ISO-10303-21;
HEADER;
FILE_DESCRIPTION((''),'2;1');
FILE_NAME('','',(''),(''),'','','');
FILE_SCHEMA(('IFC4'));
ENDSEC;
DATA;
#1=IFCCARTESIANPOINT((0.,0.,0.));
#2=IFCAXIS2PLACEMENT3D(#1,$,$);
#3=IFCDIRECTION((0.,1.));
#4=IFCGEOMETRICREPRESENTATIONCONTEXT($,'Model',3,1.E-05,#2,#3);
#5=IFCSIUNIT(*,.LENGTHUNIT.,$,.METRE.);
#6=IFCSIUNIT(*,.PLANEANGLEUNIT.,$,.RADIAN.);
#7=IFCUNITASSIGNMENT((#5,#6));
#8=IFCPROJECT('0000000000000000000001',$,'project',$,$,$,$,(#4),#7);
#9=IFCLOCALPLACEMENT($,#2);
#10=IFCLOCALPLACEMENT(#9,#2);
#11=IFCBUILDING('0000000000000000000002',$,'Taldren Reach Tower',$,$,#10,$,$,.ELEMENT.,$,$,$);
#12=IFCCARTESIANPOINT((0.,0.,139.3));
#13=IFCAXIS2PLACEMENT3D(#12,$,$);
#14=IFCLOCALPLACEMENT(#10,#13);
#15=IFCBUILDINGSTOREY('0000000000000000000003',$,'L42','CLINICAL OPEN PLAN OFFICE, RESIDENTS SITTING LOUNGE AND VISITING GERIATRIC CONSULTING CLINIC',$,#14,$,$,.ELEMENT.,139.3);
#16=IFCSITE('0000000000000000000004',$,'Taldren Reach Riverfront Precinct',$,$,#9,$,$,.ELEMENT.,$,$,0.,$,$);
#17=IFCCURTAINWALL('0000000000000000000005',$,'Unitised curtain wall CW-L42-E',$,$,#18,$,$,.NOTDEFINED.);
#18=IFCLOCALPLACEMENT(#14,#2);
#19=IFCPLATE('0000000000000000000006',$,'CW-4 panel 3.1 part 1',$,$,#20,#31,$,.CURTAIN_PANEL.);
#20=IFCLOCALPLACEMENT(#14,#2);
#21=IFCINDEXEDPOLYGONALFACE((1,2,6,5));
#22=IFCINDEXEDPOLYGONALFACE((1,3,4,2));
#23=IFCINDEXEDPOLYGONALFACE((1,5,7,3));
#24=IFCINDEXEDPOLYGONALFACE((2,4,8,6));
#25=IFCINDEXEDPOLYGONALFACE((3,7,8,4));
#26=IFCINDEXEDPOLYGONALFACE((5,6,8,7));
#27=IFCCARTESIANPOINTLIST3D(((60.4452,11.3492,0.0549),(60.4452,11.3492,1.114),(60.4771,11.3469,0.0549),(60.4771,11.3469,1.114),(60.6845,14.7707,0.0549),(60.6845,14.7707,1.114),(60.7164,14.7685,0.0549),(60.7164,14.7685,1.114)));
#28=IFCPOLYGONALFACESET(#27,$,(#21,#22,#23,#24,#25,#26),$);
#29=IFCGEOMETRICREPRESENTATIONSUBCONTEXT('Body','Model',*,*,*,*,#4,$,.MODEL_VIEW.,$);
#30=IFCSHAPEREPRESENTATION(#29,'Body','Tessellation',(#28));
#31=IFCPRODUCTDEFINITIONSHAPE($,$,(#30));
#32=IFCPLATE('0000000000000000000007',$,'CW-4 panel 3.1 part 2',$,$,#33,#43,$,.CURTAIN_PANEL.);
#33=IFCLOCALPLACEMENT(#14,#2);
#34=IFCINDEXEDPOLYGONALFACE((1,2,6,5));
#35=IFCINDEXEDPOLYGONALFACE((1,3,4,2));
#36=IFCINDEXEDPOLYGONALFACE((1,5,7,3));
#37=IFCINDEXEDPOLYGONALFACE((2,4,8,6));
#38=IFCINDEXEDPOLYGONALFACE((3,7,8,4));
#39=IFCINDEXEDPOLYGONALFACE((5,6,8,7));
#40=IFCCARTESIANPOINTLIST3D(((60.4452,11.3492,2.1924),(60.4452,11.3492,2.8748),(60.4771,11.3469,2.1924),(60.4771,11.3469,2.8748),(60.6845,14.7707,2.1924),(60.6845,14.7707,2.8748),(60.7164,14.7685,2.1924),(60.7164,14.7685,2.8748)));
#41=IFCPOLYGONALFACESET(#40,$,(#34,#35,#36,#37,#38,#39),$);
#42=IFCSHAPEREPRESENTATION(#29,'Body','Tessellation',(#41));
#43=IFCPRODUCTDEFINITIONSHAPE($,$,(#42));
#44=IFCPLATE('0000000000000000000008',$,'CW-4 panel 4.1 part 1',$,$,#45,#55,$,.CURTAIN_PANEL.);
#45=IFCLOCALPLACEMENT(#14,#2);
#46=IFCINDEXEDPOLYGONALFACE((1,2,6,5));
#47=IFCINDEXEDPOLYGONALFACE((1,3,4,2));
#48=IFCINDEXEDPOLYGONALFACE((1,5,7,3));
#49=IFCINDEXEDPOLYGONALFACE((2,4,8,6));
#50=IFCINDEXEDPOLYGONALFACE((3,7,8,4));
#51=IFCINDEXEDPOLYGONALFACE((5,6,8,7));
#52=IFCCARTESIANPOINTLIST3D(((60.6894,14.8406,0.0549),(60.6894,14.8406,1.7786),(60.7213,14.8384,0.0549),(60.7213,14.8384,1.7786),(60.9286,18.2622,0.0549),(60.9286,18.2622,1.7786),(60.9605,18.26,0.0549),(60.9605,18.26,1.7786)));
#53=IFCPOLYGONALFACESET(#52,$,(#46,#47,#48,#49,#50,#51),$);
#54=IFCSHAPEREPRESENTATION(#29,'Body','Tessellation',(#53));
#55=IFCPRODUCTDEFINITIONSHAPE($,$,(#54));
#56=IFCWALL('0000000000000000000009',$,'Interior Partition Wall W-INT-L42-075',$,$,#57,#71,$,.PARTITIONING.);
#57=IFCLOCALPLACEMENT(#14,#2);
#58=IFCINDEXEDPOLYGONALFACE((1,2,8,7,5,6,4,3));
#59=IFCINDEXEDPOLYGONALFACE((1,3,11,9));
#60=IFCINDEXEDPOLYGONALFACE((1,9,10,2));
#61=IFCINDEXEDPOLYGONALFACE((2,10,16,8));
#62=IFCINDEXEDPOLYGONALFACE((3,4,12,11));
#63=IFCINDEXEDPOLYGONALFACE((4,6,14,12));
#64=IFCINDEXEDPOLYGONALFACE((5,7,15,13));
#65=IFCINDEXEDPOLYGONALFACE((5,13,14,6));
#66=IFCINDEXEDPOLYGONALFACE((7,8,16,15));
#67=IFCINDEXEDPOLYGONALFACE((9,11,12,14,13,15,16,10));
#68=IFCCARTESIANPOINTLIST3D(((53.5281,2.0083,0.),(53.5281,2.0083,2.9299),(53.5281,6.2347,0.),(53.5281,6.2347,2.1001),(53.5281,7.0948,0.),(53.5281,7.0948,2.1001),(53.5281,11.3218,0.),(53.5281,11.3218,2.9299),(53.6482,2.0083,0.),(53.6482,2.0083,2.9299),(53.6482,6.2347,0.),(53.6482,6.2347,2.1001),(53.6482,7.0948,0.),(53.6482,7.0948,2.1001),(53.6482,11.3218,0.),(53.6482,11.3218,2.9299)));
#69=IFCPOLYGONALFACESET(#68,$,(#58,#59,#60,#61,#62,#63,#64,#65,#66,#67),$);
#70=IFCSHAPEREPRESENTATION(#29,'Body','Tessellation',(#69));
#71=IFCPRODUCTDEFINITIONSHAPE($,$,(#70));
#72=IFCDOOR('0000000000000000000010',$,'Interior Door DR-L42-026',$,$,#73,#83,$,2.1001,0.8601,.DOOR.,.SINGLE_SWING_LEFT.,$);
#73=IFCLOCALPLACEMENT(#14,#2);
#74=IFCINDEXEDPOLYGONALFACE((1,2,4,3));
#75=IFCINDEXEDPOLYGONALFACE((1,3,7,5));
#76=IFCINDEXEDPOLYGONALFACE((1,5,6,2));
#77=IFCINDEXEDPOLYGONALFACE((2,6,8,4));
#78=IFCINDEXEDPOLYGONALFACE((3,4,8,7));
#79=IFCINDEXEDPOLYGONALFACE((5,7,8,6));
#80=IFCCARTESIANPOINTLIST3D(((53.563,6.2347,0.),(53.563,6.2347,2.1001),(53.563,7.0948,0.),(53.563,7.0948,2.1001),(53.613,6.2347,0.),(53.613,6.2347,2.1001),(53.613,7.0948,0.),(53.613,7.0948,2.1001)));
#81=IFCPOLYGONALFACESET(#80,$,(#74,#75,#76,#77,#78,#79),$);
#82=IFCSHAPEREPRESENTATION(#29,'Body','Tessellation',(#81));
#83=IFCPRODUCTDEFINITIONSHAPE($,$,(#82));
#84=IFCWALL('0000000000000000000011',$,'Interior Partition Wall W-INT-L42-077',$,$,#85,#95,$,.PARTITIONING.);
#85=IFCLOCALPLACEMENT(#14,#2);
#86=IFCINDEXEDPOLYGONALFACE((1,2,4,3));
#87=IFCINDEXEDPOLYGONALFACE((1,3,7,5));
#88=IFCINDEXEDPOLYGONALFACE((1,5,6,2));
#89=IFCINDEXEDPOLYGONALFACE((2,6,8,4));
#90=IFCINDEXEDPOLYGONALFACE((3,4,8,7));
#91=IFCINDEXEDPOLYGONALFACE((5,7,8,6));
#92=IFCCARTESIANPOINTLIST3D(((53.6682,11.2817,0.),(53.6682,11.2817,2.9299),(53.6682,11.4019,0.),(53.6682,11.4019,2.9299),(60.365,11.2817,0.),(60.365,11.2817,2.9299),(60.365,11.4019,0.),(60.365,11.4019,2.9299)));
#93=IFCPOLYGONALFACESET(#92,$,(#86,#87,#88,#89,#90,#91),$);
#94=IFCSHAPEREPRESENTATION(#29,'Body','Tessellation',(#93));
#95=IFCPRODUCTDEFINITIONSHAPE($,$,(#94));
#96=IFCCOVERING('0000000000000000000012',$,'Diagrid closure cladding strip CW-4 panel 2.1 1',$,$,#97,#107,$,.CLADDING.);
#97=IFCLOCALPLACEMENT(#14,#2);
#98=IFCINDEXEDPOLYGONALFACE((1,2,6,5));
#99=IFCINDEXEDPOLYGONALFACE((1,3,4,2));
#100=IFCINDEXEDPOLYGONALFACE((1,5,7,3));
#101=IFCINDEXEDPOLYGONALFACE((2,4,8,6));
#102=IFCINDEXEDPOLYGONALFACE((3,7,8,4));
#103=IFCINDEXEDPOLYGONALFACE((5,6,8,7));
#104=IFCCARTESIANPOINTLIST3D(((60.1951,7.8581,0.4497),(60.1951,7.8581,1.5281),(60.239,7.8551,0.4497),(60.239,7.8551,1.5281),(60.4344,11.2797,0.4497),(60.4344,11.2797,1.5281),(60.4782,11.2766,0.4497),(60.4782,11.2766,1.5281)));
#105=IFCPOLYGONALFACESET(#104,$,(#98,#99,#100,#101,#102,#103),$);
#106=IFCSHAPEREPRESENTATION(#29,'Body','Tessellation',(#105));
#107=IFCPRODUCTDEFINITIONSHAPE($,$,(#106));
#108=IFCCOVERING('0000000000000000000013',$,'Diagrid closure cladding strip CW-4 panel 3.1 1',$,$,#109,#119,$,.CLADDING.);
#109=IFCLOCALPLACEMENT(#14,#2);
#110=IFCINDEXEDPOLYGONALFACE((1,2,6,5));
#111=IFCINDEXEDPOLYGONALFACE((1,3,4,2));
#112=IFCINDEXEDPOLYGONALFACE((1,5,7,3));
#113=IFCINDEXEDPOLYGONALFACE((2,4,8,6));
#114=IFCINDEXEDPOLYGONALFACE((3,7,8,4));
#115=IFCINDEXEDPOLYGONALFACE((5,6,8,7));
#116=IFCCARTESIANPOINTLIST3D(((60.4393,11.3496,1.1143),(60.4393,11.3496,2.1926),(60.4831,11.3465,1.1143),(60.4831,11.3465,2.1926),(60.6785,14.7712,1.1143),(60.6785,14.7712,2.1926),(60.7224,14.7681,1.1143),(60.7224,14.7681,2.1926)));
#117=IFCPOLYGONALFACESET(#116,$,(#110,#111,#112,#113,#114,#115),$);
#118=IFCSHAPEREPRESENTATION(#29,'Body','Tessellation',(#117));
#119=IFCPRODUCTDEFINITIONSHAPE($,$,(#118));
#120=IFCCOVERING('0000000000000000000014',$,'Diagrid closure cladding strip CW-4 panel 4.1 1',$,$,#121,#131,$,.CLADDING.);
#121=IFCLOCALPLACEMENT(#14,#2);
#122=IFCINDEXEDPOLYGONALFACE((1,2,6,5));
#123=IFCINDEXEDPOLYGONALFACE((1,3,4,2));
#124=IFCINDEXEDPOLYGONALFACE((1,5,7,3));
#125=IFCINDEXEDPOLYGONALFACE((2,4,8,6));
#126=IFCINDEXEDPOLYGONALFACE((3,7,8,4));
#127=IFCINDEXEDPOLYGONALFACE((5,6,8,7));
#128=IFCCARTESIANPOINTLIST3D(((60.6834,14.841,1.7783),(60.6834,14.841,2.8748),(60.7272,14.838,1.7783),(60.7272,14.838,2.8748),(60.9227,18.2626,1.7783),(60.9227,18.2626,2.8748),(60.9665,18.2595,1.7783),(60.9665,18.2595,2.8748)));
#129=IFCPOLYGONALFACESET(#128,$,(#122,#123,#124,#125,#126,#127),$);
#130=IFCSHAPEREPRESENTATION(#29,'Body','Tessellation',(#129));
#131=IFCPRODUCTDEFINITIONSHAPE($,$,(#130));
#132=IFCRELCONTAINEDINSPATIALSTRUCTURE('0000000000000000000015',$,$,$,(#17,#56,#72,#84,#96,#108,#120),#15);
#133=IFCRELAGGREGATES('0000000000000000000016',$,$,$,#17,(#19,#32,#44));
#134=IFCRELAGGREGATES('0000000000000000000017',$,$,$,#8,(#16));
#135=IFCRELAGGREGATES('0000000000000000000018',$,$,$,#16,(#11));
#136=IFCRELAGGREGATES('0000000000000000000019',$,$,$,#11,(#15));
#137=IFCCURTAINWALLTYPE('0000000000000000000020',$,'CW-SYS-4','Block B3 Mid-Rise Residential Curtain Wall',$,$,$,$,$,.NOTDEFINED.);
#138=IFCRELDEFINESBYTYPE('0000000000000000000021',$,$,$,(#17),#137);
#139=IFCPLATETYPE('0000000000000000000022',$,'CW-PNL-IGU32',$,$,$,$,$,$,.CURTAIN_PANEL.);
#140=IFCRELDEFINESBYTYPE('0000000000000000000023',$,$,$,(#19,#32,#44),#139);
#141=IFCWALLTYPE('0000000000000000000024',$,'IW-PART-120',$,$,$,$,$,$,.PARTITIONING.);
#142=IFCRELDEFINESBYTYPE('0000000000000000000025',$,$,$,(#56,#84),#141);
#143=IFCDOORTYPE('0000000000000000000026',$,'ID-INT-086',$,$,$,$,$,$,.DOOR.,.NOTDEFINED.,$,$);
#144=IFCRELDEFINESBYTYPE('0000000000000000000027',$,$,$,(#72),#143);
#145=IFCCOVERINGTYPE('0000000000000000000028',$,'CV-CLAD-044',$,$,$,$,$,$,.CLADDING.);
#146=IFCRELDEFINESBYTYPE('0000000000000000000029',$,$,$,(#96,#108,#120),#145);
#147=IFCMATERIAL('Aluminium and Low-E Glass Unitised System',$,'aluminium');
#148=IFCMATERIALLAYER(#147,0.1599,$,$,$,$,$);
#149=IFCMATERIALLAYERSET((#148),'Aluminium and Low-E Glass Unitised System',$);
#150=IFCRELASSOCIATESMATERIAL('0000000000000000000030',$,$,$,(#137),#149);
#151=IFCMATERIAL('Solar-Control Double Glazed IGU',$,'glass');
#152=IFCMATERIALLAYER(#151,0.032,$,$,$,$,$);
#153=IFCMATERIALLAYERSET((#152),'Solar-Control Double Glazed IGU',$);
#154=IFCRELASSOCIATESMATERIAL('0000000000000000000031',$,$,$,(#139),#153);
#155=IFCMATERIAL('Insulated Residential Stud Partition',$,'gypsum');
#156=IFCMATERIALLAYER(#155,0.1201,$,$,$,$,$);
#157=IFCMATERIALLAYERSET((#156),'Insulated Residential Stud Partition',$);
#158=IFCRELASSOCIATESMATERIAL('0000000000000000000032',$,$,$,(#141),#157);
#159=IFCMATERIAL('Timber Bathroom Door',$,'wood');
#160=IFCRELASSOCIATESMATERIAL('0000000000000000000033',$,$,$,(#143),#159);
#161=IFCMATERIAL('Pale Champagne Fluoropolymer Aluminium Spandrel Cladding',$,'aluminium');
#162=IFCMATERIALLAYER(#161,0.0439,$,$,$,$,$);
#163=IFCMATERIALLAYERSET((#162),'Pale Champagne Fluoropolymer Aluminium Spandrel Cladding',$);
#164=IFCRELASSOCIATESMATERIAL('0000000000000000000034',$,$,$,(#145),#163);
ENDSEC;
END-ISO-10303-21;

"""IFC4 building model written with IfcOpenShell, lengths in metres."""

from ifc_helpers import new_model, si_unit, direction, frame, frame_2d, origin, origin_2d, place, context, subcontext, project, spatial, rectangle, extrude, source, transform, mapped, material, layer, layer_set, type_object, element, fill, aggregate, save


model = new_model("IFC4")

# Units and contexts
model_context = context("Model", 3, precision=1e-05, world=origin(), true_north=direction((0.0, 1.0)))
body_context = subcontext(model_context, "Body", "Model", "MODEL_VIEW")
ifc_project = project(units=[si_unit("LENGTHUNIT", "METRE"), si_unit("PLANEANGLEUNIT", "RADIAN")], contexts=[model_context])

# Site, building, storey
site_placement = place(None, origin())
site = spatial("IfcSite", under=ifc_project, at=site_placement, Name="Taldren Reach Riverfront Precinct", CompositionType="ELEMENT", RefElevation=0.0)
building_placement = place(site_placement, origin())
building = spatial("IfcBuilding", under=site, at=building_placement, Name="Taldren Reach Tower", CompositionType="ELEMENT")
storey_placement = place(building_placement, frame((0.0, 0.0, 139.3)))
storey = spatial("IfcBuildingStorey", under=building, at=storey_placement, Name="L42", Description="CLINICAL OPEN PLAN OFFICE, RESIDENTS SITTING LOUNGE AND VISITING GERIATRIC CONSULTING CLINIC", CompositionType="ELEMENT", Elevation=139.3)

# Curtain wall
ifc_material_1 = material(Name="Aluminium and Low-E Glass Unitised System", Category="aluminium")
ifc_layer_1 = layer(ifc_material_1, 0.1599)
ifc_layer_set_1 = layer_set([ifc_layer_1], Name="Aluminium and Low-E Glass Unitised System")
curtain_wall_type = type_object("IfcCurtainWallType", Name="CW-SYS-4", Description="Block B3 Mid-Rise Residential Curtain Wall", PredefinedType="NOTDEFINED", material=ifc_layer_set_1)
curtain_wall_placement = place(storey_placement, origin())
curtain_wall = element("IfcCurtainWall", 1, at=curtain_wall_placement, inside=storey, type_object=curtain_wall_type, Name="Unitised curtain wall CW-L42-E", PredefinedType="NOTDEFINED")

# Plates
ifc_material_2 = material(Name="Solar-Control Double Glazed IGU", Category="glass")
ifc_layer_2 = layer(ifc_material_2, 0.032)
ifc_layer_set_2 = layer_set([ifc_layer_2], Name="Solar-Control Double Glazed IGU")
plate_type_1 = type_object("IfcPlateType", Name="CW-PNL-IGU32", PredefinedType="CURTAIN_PANEL", material=ifc_layer_set_2)
shared_shape_1 = source(origin(), body_context, "Body", "SweptSolid", [
    extrude(rectangle(XDim=3.4299, YDim=0.032, at=origin_2d()), origin(), (0.0, 0.0, 1.0), 1.0591),
])
plate_1_placement = place(storey_placement, frame((60.5808, 13.0588, 0.0549), z_axis=(0.0, 0.0, 1.0), x_axis=(0.069756, 0.997564, 0.0)))
plate_1 = element("IfcPlate", 2, at=plate_1_placement, type_object=plate_type_1, Name="CW-4 panel 3.1 part 1", PredefinedType="CURTAIN_PANEL", context=body_context, shape_type="MappedRepresentation", body=[
    mapped(shared_shape_1, transform((0.0, 0.0, 0.0), scale=1.0)),
])
shared_shape_2 = source(origin(), body_context, "Body", "SweptSolid", [
    extrude(rectangle(XDim=3.4299, YDim=0.032, at=origin_2d()), origin(), (0.0, 0.0, 1.0), 0.6824),
])
plate_2_placement = place(storey_placement, frame((60.5808, 13.0588, 2.1924), z_axis=(0.0, 0.0, 1.0), x_axis=(0.069756, 0.997564, 0.0)))
plate_2 = element("IfcPlate", 3, at=plate_2_placement, type_object=plate_type_1, Name="CW-4 panel 3.1 part 2", PredefinedType="CURTAIN_PANEL", context=body_context, shape_type="MappedRepresentation", body=[
    mapped(shared_shape_2, transform((0.0, 0.0, 0.0), scale=1.0)),
])
shared_shape_3 = source(origin(), body_context, "Body", "SweptSolid", [
    extrude(rectangle(XDim=3.4299, YDim=0.032, at=origin_2d()), origin(), (0.0, 0.0, 1.0), 1.7236),
])
plate_3_placement = place(storey_placement, frame((60.825, 16.5503, 0.0549), z_axis=(0.0, 0.0, 1.0), x_axis=(0.069756, 0.997564, 0.0)))
plate_3 = element("IfcPlate", 4, at=plate_3_placement, type_object=plate_type_1, Name="CW-4 panel 4.1 part 1", PredefinedType="CURTAIN_PANEL", context=body_context, shape_type="MappedRepresentation", body=[
    mapped(shared_shape_3, transform((0.0, 0.0, 0.0), scale=1.0)),
])
aggregate(curtain_wall, [plate_1, plate_2, plate_3])

# Wall, opening, door
ifc_material_3 = material(Name="Insulated Residential Stud Partition", Category="gypsum")
ifc_layer_3 = layer(ifc_material_3, 0.1201)
ifc_layer_set_3 = layer_set([ifc_layer_3], Name="Insulated Residential Stud Partition")
wall_type = type_object("IfcWallType", Name="IW-PART-120", PredefinedType="PARTITIONING", material=ifc_layer_set_3)
shared_shape_4 = source(origin(), body_context, "Body", "SweptSolid", [
    extrude(rectangle(XDim=9.3135, YDim=0.1201, at=frame_2d((4.6567, 0.0))), origin(), (0.0, 0.0, 1.0), 2.9299),
])
wall_1_placement = place(storey_placement, frame((53.5881, 11.3218, 0.0), z_axis=(0.0, 0.0, 1.0), x_axis=(0.0, -1.0, 0.0)))
wall_1 = element("IfcWall", 5, at=wall_1_placement, inside=storey, type_object=wall_type, Name="Interior Partition Wall W-INT-L42-075", PredefinedType="PARTITIONING", context=body_context, shape_type="MappedRepresentation", body=[
    mapped(shared_shape_4, transform((0.0, 0.0, 0.0), scale=1.0)),
])
shared_shape_5 = source(origin(), body_context, "Body", "SweptSolid", [
    extrude(rectangle(XDim=0.8601, YDim=2.1001, at=frame_2d((0.4302, 1.05))), frame((0.0, 0.0701, 0.0), z_axis=(0.0, -1.0, 0.0), x_axis=(1.0, 0.0, 0.0)), (0.0, 0.0, 1.0), 0.1401),
])
opening_placement = place(wall_1_placement, frame((4.2268, 0.0, 0.0)))
opening = element("IfcOpeningElement", 6, at=opening_placement, cuts=wall_1, PredefinedType="OPENING", context=body_context, shape_type="MappedRepresentation", body=[
    mapped(shared_shape_5, transform((0.0, 0.0, 0.0), scale=1.0)),
])
ifc_material_4 = material(Name="Timber Bathroom Door", Category="wood")
door_type = type_object("IfcDoorType", Name="ID-INT-086", OperationType="NOTDEFINED", PredefinedType="DOOR", material=ifc_material_4)
shared_shape_6 = source(origin(), body_context, "Body", "SweptSolid", [
    extrude(rectangle(XDim=0.8601, YDim=2.1001, at=frame_2d((0.4302, 1.05))), frame((0.0, 0.0249, 0.0), z_axis=(0.0, -1.0, 0.0), x_axis=(1.0, 0.0, 0.0)), (0.0, 0.0, 1.0), 0.05),
])
door_placement = place(opening_placement, origin())
door = element("IfcDoor", 7, at=door_placement, inside=storey, type_object=door_type, Name="Interior Door DR-L42-026", OperationType="SINGLE_SWING_LEFT", OverallHeight=2.1001, OverallWidth=0.8601, PredefinedType="DOOR", context=body_context, shape_type="MappedRepresentation", body=[
    mapped(shared_shape_6, transform((0.0, 0.0, 0.0), scale=1.0)),
])
fill(opening, door)

# Wall
shared_shape_7 = source(origin(), body_context, "Body", "SweptSolid", [
    extrude(rectangle(XDim=6.6968, YDim=0.1201, at=frame_2d((3.3484, 0.0))), origin(), (0.0, 0.0, 1.0), 2.9299),
])
wall_2_placement = place(storey_placement, frame((53.6682, 11.3418, 0.0), z_axis=(0.0, 0.0, 1.0), x_axis=(1.0, 0.0, 0.0)))
element("IfcWall", 8, at=wall_2_placement, inside=storey, type_object=wall_type, Name="Interior Partition Wall W-INT-L42-077", PredefinedType="PARTITIONING", context=body_context, shape_type="MappedRepresentation", body=[
    mapped(shared_shape_7, transform((0.0, 0.0, 0.0), scale=1.0)),
])

# Coverings
ifc_material_5 = material(Name="Pale Champagne Fluoropolymer Aluminium Spandrel Cladding", Category="aluminium")
ifc_layer_4 = layer(ifc_material_5, 0.0439)
ifc_layer_set_4 = layer_set([ifc_layer_4], Name="Pale Champagne Fluoropolymer Aluminium Spandrel Cladding")
covering_type = type_object("IfcCoveringType", Name="CV-CLAD-044", PredefinedType="CLADDING", material=ifc_layer_set_4)
shared_shape_8 = source(origin(), body_context, "Body", "SweptSolid", [
    extrude(rectangle(XDim=3.4299, YDim=0.0439, at=origin_2d()), origin(), (0.0, 0.0, 1.0), 1.0784),
])
for number, where, z_axis, x_axis, name in (
    (9, (60.3367, 9.5674, 0.4497), (0.0, 0.0, 1.0), (0.069756, 0.997564, 0.0), "Diagrid closure cladding strip CW-4 panel 2.1 1"),
    (10, (60.5808, 13.0588, 1.1143), (0.0, 0.0, 1.0), (0.069756, 0.997564, 0.0), "Diagrid closure cladding strip CW-4 panel 3.1 1"),
):
    element("IfcCovering", number, at=place(storey_placement, frame(where, z_axis=z_axis, x_axis=x_axis)), inside=storey, type_object=covering_type, Name=name, PredefinedType="CLADDING", context=body_context, shape_type="MappedRepresentation", body=[
        mapped(shared_shape_8, transform((0.0, 0.0, 0.0), scale=1.0)),
    ])
shared_shape_9 = source(origin(), body_context, "Body", "SweptSolid", [
    extrude(rectangle(XDim=3.4299, YDim=0.0439, at=origin_2d()), origin(), (0.0, 0.0, 1.0), 1.0964),
])
covering_placement = place(storey_placement, frame((60.825, 16.5503, 1.7783), z_axis=(0.0, 0.0, 1.0), x_axis=(0.069756, 0.997564, 0.0)))
element("IfcCovering", 11, at=covering_placement, inside=storey, type_object=covering_type, Name="Diagrid closure cladding strip CW-4 panel 4.1 1", PredefinedType="CLADDING", context=body_context, shape_type="MappedRepresentation", body=[
    mapped(shared_shape_9, transform((0.0, 0.0, 0.0), scale=1.0)),
])

save(model, "model.ifc")
